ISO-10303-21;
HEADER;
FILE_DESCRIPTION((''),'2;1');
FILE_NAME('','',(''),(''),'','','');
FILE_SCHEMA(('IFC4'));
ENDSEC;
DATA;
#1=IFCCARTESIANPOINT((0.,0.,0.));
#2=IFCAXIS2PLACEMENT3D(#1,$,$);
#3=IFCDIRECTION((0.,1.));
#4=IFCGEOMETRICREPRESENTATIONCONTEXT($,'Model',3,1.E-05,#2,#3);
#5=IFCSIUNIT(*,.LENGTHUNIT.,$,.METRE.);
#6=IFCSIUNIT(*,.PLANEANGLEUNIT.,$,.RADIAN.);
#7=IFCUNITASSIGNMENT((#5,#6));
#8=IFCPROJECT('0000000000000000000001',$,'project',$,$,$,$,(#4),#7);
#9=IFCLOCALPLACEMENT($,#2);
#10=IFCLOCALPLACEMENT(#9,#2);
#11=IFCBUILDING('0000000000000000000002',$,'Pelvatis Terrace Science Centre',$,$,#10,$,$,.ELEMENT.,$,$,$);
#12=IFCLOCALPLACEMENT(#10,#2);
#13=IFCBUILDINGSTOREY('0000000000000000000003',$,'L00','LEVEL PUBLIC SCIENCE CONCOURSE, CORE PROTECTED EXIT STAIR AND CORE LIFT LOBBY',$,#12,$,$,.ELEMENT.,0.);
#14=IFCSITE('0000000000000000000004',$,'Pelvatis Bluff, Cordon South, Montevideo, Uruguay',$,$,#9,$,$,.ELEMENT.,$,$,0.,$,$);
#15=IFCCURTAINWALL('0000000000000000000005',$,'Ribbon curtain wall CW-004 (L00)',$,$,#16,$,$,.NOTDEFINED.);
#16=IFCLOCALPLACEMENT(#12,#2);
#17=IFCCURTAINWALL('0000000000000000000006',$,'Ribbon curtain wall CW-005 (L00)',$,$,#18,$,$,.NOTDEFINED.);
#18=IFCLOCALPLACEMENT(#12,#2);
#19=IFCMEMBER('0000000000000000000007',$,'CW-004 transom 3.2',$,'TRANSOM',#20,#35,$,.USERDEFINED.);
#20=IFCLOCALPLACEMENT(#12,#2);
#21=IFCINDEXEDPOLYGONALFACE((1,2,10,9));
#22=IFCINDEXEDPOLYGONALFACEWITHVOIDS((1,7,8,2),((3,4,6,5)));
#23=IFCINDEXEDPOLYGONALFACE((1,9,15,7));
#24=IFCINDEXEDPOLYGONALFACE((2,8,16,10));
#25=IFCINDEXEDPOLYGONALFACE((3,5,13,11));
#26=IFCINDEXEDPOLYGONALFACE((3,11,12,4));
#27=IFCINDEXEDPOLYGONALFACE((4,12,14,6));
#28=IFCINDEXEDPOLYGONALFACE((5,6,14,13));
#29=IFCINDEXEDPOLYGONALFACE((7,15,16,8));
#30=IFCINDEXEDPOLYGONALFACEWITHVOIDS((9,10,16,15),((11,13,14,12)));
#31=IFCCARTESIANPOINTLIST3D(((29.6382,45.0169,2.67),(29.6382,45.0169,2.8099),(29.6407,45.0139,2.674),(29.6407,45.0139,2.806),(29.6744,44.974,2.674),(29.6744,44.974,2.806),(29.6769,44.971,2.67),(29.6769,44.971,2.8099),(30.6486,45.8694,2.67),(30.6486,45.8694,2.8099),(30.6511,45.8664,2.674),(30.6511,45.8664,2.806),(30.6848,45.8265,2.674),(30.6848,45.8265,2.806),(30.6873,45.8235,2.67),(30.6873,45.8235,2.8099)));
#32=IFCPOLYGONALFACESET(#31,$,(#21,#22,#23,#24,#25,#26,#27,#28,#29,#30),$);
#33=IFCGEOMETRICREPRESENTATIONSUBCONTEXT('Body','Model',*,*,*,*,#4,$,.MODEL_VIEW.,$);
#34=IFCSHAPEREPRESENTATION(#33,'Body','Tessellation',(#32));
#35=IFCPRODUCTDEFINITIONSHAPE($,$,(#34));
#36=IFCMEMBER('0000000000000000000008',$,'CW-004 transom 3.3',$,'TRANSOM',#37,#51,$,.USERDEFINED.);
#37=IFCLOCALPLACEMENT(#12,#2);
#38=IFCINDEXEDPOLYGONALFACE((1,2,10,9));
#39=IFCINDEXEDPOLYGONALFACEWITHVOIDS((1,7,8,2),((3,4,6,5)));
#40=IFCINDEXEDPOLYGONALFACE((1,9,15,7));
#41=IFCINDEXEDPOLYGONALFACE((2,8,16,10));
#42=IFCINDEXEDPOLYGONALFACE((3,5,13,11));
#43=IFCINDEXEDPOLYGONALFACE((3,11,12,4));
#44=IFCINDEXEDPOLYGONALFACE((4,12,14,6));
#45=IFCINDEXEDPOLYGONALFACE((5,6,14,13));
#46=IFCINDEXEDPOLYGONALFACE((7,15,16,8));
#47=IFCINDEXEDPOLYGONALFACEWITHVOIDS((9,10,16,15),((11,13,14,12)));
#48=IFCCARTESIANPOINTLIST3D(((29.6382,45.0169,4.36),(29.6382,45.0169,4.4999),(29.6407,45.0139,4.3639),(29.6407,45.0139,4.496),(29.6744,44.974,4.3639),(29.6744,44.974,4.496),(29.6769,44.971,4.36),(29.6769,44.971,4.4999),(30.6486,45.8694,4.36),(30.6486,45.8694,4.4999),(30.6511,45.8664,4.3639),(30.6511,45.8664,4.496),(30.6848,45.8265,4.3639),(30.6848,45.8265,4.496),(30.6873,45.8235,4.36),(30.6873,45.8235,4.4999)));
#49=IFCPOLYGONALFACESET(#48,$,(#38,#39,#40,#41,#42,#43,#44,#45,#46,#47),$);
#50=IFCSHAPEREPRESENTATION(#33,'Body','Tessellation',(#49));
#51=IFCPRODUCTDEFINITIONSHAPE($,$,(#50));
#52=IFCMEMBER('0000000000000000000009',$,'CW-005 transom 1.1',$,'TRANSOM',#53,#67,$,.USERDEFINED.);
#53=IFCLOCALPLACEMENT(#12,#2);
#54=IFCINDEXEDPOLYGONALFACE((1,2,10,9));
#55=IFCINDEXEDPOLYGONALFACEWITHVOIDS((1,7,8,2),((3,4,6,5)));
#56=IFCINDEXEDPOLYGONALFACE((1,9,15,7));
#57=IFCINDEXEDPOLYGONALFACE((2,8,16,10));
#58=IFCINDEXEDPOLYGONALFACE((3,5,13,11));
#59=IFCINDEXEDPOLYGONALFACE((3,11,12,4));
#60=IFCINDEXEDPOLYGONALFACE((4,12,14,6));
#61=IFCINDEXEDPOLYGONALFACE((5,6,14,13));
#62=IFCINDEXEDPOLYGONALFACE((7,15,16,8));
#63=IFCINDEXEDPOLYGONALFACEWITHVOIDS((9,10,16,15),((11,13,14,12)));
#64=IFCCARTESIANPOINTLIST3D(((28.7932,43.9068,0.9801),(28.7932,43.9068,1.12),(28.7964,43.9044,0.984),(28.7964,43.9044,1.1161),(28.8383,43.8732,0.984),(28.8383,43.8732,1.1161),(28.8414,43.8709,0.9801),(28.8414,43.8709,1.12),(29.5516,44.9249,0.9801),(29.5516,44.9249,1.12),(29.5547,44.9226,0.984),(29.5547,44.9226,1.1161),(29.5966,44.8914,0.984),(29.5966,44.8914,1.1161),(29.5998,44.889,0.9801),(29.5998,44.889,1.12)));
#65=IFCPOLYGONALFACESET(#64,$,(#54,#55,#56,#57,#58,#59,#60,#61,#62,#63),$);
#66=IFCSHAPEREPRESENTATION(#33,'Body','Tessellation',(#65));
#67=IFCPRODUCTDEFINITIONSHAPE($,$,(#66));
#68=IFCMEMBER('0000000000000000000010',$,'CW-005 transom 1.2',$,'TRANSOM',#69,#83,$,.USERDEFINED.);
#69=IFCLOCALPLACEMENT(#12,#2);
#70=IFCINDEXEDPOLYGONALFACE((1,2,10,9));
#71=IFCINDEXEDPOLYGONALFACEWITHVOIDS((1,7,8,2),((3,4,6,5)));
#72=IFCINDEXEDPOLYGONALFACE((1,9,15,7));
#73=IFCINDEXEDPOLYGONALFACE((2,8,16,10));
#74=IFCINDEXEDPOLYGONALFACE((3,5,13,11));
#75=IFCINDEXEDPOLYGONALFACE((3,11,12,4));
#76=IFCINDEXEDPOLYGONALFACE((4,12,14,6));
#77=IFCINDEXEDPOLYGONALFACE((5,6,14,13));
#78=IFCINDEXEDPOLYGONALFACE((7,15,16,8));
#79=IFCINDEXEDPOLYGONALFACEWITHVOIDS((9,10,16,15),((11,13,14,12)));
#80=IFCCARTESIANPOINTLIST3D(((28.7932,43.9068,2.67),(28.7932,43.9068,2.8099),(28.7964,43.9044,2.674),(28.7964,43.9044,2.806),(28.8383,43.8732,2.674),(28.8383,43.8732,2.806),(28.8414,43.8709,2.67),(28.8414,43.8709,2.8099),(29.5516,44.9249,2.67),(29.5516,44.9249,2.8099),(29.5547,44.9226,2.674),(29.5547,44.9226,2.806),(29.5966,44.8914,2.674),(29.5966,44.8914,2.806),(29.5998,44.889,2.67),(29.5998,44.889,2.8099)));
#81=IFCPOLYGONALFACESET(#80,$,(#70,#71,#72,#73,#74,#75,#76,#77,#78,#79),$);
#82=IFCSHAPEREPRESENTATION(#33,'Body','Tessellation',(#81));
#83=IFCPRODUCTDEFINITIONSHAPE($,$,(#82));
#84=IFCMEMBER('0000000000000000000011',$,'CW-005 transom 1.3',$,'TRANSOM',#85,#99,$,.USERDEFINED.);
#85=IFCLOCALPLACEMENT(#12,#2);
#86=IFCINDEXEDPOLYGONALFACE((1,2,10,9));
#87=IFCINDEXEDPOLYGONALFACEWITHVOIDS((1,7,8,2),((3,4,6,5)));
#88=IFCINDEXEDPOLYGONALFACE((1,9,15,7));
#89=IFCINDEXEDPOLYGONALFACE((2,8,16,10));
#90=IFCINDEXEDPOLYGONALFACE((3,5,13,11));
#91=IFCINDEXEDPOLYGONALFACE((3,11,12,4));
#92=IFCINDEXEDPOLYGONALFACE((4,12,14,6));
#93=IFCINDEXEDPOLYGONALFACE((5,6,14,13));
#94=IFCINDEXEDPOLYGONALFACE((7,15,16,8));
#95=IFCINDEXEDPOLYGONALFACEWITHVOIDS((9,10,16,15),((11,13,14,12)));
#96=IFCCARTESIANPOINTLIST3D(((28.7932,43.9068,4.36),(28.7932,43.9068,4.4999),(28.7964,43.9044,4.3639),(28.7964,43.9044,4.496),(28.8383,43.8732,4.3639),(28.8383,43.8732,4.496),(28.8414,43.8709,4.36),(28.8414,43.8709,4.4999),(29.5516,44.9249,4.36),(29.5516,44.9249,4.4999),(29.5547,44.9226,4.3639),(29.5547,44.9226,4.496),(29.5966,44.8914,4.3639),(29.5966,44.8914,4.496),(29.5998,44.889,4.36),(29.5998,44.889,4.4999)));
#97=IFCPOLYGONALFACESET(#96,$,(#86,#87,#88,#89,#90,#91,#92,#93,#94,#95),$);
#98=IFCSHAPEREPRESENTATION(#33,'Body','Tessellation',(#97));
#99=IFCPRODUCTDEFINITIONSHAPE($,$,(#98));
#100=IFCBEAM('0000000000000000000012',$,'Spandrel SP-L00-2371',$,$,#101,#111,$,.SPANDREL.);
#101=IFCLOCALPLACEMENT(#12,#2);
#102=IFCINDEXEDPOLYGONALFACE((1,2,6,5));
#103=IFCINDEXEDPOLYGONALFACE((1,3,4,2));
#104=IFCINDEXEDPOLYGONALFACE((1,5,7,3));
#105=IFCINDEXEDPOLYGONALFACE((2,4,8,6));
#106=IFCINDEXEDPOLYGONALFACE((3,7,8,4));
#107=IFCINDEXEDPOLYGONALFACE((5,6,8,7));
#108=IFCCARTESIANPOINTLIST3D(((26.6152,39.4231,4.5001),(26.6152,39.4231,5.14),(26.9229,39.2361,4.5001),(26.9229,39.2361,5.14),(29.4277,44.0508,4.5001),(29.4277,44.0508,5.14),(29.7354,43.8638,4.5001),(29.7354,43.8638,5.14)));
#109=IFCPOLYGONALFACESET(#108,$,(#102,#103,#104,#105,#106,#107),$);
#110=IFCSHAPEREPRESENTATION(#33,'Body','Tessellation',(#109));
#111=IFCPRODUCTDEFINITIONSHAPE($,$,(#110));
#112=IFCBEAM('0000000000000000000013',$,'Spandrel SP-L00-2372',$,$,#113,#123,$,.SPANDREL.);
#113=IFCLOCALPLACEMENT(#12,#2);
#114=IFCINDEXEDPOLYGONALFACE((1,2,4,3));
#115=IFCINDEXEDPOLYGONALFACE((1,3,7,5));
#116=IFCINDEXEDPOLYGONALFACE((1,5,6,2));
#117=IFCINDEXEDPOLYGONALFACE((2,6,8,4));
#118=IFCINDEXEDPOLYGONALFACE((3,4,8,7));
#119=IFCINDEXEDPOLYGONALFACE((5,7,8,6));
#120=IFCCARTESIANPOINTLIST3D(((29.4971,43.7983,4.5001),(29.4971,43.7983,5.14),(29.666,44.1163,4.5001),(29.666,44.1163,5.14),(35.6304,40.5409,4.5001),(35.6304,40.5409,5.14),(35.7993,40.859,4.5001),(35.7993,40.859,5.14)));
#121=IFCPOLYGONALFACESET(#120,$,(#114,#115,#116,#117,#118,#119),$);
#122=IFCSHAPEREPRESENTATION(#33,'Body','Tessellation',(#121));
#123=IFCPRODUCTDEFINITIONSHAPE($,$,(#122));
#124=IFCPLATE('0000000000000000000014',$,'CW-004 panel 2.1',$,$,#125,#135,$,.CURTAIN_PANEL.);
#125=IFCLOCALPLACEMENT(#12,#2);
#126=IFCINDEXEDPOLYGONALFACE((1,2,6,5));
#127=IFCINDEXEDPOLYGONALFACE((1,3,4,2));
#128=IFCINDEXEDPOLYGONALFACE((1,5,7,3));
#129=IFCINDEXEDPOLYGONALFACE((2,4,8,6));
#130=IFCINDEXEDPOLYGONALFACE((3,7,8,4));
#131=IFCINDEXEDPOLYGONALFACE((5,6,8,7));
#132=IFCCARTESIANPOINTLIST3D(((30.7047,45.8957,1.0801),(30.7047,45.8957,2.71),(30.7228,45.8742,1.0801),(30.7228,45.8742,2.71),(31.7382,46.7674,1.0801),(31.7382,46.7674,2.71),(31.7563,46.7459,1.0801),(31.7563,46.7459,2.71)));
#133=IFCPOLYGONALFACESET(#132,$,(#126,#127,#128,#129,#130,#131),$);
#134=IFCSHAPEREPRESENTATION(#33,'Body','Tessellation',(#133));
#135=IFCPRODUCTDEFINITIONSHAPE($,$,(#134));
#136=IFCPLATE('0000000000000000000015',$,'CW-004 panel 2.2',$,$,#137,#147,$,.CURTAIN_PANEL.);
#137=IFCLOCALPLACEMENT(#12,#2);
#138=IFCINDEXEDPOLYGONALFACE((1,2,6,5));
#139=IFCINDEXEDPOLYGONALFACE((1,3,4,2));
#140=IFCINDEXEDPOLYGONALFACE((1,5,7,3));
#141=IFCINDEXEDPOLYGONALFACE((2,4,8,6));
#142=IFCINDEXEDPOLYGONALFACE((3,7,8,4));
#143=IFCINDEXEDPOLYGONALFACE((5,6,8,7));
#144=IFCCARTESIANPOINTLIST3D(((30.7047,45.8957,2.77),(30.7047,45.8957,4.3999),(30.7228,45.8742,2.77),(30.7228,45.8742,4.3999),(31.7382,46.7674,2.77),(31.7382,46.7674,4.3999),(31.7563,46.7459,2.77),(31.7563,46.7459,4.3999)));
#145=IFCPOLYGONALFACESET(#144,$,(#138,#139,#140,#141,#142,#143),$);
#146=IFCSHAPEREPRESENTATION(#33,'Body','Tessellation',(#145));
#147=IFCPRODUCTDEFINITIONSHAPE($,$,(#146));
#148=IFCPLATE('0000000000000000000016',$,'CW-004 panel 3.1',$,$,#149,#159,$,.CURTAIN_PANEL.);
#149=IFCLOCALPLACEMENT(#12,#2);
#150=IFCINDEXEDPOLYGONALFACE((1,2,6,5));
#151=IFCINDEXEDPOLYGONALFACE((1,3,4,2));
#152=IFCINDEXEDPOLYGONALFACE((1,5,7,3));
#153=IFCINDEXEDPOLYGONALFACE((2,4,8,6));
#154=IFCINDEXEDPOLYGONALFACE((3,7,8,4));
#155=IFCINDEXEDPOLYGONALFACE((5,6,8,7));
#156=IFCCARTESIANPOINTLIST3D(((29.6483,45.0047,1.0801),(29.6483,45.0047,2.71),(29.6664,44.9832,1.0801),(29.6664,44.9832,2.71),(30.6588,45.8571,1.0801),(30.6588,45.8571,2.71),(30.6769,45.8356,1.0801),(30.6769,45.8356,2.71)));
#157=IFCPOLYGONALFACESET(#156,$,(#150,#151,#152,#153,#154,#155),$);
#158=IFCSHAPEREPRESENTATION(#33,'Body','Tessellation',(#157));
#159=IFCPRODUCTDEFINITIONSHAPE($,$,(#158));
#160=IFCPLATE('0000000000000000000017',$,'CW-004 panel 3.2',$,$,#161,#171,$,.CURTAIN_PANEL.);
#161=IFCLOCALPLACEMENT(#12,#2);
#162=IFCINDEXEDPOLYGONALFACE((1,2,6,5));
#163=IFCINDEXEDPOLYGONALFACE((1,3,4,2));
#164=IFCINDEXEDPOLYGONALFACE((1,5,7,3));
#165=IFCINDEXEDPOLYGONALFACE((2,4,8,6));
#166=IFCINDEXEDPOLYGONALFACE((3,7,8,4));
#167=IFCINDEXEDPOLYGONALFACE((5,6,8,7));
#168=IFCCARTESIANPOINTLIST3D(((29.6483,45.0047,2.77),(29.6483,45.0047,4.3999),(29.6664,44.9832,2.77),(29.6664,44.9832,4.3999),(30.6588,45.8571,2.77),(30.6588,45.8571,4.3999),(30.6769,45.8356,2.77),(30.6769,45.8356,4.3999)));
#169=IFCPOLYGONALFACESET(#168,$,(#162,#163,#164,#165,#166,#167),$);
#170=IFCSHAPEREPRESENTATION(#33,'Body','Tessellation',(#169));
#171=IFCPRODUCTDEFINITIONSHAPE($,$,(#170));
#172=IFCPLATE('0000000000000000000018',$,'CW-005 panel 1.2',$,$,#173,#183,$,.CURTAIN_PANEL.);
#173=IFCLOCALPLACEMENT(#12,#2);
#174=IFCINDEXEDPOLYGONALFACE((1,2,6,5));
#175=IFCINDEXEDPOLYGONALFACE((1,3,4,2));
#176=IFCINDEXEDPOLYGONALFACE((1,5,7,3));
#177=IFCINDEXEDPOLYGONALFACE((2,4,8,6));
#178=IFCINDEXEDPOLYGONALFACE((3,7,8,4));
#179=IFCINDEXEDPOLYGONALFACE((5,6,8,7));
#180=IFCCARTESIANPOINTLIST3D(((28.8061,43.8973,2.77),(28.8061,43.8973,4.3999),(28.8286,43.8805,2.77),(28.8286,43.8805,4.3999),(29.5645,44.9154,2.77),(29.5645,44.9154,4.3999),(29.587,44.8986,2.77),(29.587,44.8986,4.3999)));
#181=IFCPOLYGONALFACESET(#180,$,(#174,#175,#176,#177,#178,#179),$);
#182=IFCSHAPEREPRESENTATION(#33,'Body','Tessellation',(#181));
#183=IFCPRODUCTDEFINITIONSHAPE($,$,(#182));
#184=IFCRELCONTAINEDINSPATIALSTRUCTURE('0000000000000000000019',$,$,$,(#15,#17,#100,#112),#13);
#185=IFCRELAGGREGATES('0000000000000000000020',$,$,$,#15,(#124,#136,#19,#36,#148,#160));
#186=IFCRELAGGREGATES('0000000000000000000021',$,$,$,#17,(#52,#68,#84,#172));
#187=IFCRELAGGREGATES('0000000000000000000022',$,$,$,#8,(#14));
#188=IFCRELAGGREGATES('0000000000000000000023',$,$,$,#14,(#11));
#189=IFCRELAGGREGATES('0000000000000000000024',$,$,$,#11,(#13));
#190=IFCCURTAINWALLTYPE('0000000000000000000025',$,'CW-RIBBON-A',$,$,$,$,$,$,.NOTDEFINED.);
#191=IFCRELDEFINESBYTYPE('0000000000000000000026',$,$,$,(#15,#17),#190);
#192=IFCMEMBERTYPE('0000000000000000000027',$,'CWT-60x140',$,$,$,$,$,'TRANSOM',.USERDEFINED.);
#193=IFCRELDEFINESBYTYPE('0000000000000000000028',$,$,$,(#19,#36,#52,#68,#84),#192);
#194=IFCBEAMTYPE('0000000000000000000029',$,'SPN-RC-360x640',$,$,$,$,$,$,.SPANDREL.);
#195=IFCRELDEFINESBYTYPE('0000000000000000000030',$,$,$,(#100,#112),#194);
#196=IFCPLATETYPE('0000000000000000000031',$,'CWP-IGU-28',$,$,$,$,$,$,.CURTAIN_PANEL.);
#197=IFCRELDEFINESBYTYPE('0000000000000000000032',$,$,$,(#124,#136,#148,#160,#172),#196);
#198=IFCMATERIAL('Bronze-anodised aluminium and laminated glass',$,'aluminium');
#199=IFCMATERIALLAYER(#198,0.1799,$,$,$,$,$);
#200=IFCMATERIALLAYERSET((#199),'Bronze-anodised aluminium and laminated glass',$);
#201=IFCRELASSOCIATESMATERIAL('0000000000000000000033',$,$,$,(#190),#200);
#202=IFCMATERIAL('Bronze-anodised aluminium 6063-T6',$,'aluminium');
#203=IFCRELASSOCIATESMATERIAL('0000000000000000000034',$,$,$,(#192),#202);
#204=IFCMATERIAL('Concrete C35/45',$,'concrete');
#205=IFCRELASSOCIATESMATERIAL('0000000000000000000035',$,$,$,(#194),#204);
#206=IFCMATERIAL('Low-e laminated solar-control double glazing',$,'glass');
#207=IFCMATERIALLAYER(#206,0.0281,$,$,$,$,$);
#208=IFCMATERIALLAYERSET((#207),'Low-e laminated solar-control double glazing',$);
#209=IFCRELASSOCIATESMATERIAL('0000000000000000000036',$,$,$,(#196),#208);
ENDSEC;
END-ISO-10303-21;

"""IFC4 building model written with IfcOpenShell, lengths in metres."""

from ifc_helpers import new_model, si_unit, direction, frame, origin, origin_2d, place, context, subcontext, project, spatial, rectangle, hollow_rectangle, extrude, material, layer, layer_set, material_profile, profile_set, type_object, element, aggregate, save


model = new_model("IFC4")

# Units and contexts
model_context = context("Model", 3, precision=1e-05, world=origin(), true_north=direction((0.0, 1.0)))
body_context = subcontext(model_context, "Body", "Model", "MODEL_VIEW")
ifc_project = project(units=[si_unit("LENGTHUNIT", "METRE"), si_unit("PLANEANGLEUNIT", "RADIAN")], contexts=[model_context])

# Site, building, storey
site_placement = place(None, origin())
site = spatial("IfcSite", under=ifc_project, at=site_placement, Name="Pelvatis Bluff, Cordon South, Montevideo, Uruguay", CompositionType="ELEMENT", RefElevation=0.0)
building_placement = place(site_placement, origin())
building = spatial("IfcBuilding", under=site, at=building_placement, Name="Pelvatis Terrace Science Centre", CompositionType="ELEMENT")
storey_placement = place(building_placement, origin())
storey = spatial("IfcBuildingStorey", under=building, at=storey_placement, Name="L00", Description="LEVEL PUBLIC SCIENCE CONCOURSE, CORE PROTECTED EXIT STAIR AND CORE LIFT LOBBY", CompositionType="ELEMENT", Elevation=0.0)

# Curtain wall
ifc_material_1 = material(Name="Bronze-anodised aluminium and laminated glass", Category="aluminium")
ifc_layer_1 = layer(ifc_material_1, 0.1799)
ifc_layer_set_1 = layer_set([ifc_layer_1], Name="Bronze-anodised aluminium and laminated glass")
curtain_wall_type = type_object("IfcCurtainWallType", Name="CW-RIBBON-A", PredefinedType="NOTDEFINED", material=ifc_layer_set_1)
curtain_wall_1_placement = place(storey_placement, origin())
curtain_wall_1 = element("IfcCurtainWall", 1, at=curtain_wall_1_placement, inside=storey, type_object=curtain_wall_type, Name="Ribbon curtain wall CW-004 (L00)", PredefinedType="NOTDEFINED")

# Curtain wall
curtain_wall_2_placement = place(storey_placement, origin())
curtain_wall_2 = element("IfcCurtainWall", 2, at=curtain_wall_2_placement, inside=storey, type_object=curtain_wall_type, Name="Ribbon curtain wall CW-005 (L00)", PredefinedType="NOTDEFINED")

# Members
ifc_material_2 = material(Name="Bronze-anodised aluminium 6063-T6", Category="aluminium")
ifc_material_profile_1 = material_profile(ifc_material_2, hollow_rectangle(XDim=0.0601, YDim=0.1399, WallThickness=0.0039, at=origin_2d()), Name="ALU-TRN 60x140")
ifc_profile_set_1 = profile_set([ifc_material_profile_1], Name="Bronze-anodised aluminium 6063-T6")
member_type_1 = type_object("IfcMemberType", Name="CWT-60x140", ElementType="TRANSOM", PredefinedType="USERDEFINED", material=ifc_profile_set_1)
member_1_placement = place(storey_placement, frame((30.668, 45.8464, 2.74), z_axis=(-0.764317, -0.644841, 0.0), x_axis=(0.644841, -0.764317, 0.0)))
member_1 = element("IfcMember", 3, at=member_1_placement, type_object=member_type_1, Name="CW-004 transom 3.2", ObjectType="TRANSOM", PredefinedType="USERDEFINED", context=body_context, shape_type="SweptSolid", body=[
    extrude(hollow_rectangle(XDim=0.0601, YDim=0.1399, WallThickness=0.0039, at=origin_2d()), origin(), (0.0, 0.0, 1.0), 1.322),
])
member_2_placement = place(storey_placement, frame((30.668, 45.8464, 4.4299), z_axis=(-0.764317, -0.644841, 0.0), x_axis=(0.644841, -0.764317, 0.0)))
member_2 = element("IfcMember", 4, at=member_2_placement, type_object=member_type_1, Name="CW-004 transom 3.3", ObjectType="TRANSOM", PredefinedType="USERDEFINED", context=body_context, shape_type="SweptSolid", body=[
    extrude(hollow_rectangle(XDim=0.0601, YDim=0.1399, WallThickness=0.0039, at=origin_2d()), origin(), (0.0, 0.0, 1.0), 1.322),
])
member_3_placement = place(storey_placement, frame((29.5757, 44.907, 1.05), z_axis=(-0.59735, -0.80198, 0.0), x_axis=(0.80198, -0.59735, 0.0)))
member_3 = element("IfcMember", 5, at=member_3_placement, type_object=member_type_1, Name="CW-005 transom 1.1", ObjectType="TRANSOM", PredefinedType="USERDEFINED", context=body_context, shape_type="SweptSolid", body=[
    extrude(hollow_rectangle(XDim=0.0601, YDim=0.1399, WallThickness=0.0039, at=origin_2d()), origin(), (0.0, 0.0, 1.0), 1.2695),
])
member_4_placement = place(storey_placement, frame((29.5757, 44.907, 2.74), z_axis=(-0.59735, -0.80198, 0.0), x_axis=(0.80198, -0.59735, 0.0)))
member_4 = element("IfcMember", 6, at=member_4_placement, type_object=member_type_1, Name="CW-005 transom 1.2", ObjectType="TRANSOM", PredefinedType="USERDEFINED", context=body_context, shape_type="SweptSolid", body=[
    extrude(hollow_rectangle(XDim=0.0601, YDim=0.1399, WallThickness=0.0039, at=origin_2d()), origin(), (0.0, 0.0, 1.0), 1.2695),
])
member_5_placement = place(storey_placement, frame((29.5757, 44.907, 4.4299), z_axis=(-0.59735, -0.80198, 0.0), x_axis=(0.80198, -0.59735, 0.0)))
member_5 = element("IfcMember", 7, at=member_5_placement, type_object=member_type_1, Name="CW-005 transom 1.3", ObjectType="TRANSOM", PredefinedType="USERDEFINED", context=body_context, shape_type="SweptSolid", body=[
    extrude(hollow_rectangle(XDim=0.0601, YDim=0.1399, WallThickness=0.0039, at=origin_2d()), origin(), (0.0, 0.0, 1.0), 1.2695),
])

# Beams
ifc_material_3 = material(Name="Concrete C35/45", Category="concrete")
ifc_material_profile_2 = material_profile(ifc_material_3, rectangle(XDim=0.3601, YDim=0.6399, at=origin_2d()), Name="RC-SPN 360x640")
ifc_profile_set_2 = profile_set([ifc_material_profile_2], Name="Concrete C35/45")
beam_type = type_object("IfcBeamType", Name="SPN-RC-360x640", PredefinedType="SPANDREL", material=ifc_profile_set_2)
beam_1_placement = place(storey_placement, frame((29.5815, 43.9573, 4.8201), z_axis=(-0.51936, -0.854555, 0.0), x_axis=(0.854555, -0.51936, 0.0)))
element("IfcBeam", 8, at=beam_1_placement, inside=storey, type_object=beam_type, Name="Spandrel SP-L00-2371", PredefinedType="SPANDREL", context=body_context, shape_type="SweptSolid", body=[
    extrude(rectangle(XDim=0.3601, YDim=0.6399, at=origin_2d()), origin(), (0.0, 0.0, 1.0), 5.4153),
])
beam_2_placement = place(storey_placement, frame((29.5815, 43.9573, 4.8201), z_axis=(0.883175, -0.469044, 0.0), x_axis=(0.469044, 0.883175, 0.0)))
element("IfcBeam", 9, at=beam_2_placement, inside=storey, type_object=beam_type, Name="Spandrel SP-L00-2372", PredefinedType="SPANDREL", context=body_context, shape_type="SweptSolid", body=[
    extrude(rectangle(XDim=0.3601, YDim=0.6399, at=origin_2d()), origin(), (0.0, 0.0, 1.0), 6.9446),
])

# Plates
ifc_material_4 = material(Name="Low-e laminated solar-control double glazing", Category="glass")
ifc_layer_2 = layer(ifc_material_4, 0.0281)
ifc_layer_set_2 = layer_set([ifc_layer_2], Name="Low-e laminated solar-control double glazing")
plate_type = type_object("IfcPlateType", Name="CWP-IGU-28", PredefinedType="CURTAIN_PANEL", material=ifc_layer_set_2)
plate_1_placement = place(storey_placement, frame((31.2305, 46.3208, 1.0801), z_axis=(0.0, 0.0, 1.0), x_axis=(-0.764378, -0.644768, 0.0)))
plate_1 = element("IfcPlate", 10, at=plate_1_placement, type_object=plate_type, Name="CW-004 panel 2.1", PredefinedType="CURTAIN_PANEL", context=body_context, shape_type="SweptSolid", body=[
    extrude(rectangle(XDim=1.3521, YDim=0.0281, at=origin_2d()), origin(), (0.0, 0.0, 1.0), 1.6299),
])
plate_2_placement = place(storey_placement, frame((31.2305, 46.3208, 2.77), z_axis=(0.0, 0.0, 1.0), x_axis=(-0.764378, -0.644768, 0.0)))
plate_2 = element("IfcPlate", 11, at=plate_2_placement, type_object=plate_type, Name="CW-004 panel 2.2", PredefinedType="CURTAIN_PANEL", context=body_context, shape_type="SweptSolid", body=[
    extrude(rectangle(XDim=1.3521, YDim=0.0281, at=origin_2d()), origin(), (0.0, 0.0, 1.0), 1.6299),
])
plate_3_placement = place(storey_placement, frame((30.1626, 45.4202, 1.0801), z_axis=(0.0, 0.0, 1.0), x_axis=(-0.764378, -0.644768, 0.0)))
plate_3 = element("IfcPlate", 12, at=plate_3_placement, type_object=plate_type, Name="CW-004 panel 3.1", PredefinedType="CURTAIN_PANEL", context=body_context, shape_type="SweptSolid", body=[
    extrude(rectangle(XDim=1.322, YDim=0.0281, at=origin_2d()), origin(), (0.0, 0.0, 1.0), 1.6299),
])
plate_4_placement = place(storey_placement, frame((30.1626, 45.4202, 2.77), z_axis=(0.0, 0.0, 1.0), x_axis=(-0.764378, -0.644768, 0.0)))
plate_4 = element("IfcPlate", 13, at=plate_4_placement, type_object=plate_type, Name="CW-004 panel 3.2", PredefinedType="CURTAIN_PANEL", context=body_context, shape_type="SweptSolid", body=[
    extrude(rectangle(XDim=1.322, YDim=0.0281, at=origin_2d()), origin(), (0.0, 0.0, 1.0), 1.6299),
])
aggregate(curtain_wall_1, [plate_1, plate_2, member_1, member_2, plate_3, plate_4])
plate_5_placement = place(storey_placement, frame((29.1965, 44.3979, 2.77), z_axis=(0.0, 0.0, 1.0), x_axis=(-0.597372, -0.801964, 0.0)))
plate_5 = element("IfcPlate", 14, at=plate_5_placement, type_object=plate_type, Name="CW-005 panel 1.2", PredefinedType="CURTAIN_PANEL", context=body_context, shape_type="SweptSolid", body=[
    extrude(rectangle(XDim=1.2695, YDim=0.0281, at=origin_2d()), origin(), (0.0, 0.0, 1.0), 1.6299),
])
aggregate(curtain_wall_2, [member_3, member_4, member_5, plate_5])

save(model, "model.ifc")
